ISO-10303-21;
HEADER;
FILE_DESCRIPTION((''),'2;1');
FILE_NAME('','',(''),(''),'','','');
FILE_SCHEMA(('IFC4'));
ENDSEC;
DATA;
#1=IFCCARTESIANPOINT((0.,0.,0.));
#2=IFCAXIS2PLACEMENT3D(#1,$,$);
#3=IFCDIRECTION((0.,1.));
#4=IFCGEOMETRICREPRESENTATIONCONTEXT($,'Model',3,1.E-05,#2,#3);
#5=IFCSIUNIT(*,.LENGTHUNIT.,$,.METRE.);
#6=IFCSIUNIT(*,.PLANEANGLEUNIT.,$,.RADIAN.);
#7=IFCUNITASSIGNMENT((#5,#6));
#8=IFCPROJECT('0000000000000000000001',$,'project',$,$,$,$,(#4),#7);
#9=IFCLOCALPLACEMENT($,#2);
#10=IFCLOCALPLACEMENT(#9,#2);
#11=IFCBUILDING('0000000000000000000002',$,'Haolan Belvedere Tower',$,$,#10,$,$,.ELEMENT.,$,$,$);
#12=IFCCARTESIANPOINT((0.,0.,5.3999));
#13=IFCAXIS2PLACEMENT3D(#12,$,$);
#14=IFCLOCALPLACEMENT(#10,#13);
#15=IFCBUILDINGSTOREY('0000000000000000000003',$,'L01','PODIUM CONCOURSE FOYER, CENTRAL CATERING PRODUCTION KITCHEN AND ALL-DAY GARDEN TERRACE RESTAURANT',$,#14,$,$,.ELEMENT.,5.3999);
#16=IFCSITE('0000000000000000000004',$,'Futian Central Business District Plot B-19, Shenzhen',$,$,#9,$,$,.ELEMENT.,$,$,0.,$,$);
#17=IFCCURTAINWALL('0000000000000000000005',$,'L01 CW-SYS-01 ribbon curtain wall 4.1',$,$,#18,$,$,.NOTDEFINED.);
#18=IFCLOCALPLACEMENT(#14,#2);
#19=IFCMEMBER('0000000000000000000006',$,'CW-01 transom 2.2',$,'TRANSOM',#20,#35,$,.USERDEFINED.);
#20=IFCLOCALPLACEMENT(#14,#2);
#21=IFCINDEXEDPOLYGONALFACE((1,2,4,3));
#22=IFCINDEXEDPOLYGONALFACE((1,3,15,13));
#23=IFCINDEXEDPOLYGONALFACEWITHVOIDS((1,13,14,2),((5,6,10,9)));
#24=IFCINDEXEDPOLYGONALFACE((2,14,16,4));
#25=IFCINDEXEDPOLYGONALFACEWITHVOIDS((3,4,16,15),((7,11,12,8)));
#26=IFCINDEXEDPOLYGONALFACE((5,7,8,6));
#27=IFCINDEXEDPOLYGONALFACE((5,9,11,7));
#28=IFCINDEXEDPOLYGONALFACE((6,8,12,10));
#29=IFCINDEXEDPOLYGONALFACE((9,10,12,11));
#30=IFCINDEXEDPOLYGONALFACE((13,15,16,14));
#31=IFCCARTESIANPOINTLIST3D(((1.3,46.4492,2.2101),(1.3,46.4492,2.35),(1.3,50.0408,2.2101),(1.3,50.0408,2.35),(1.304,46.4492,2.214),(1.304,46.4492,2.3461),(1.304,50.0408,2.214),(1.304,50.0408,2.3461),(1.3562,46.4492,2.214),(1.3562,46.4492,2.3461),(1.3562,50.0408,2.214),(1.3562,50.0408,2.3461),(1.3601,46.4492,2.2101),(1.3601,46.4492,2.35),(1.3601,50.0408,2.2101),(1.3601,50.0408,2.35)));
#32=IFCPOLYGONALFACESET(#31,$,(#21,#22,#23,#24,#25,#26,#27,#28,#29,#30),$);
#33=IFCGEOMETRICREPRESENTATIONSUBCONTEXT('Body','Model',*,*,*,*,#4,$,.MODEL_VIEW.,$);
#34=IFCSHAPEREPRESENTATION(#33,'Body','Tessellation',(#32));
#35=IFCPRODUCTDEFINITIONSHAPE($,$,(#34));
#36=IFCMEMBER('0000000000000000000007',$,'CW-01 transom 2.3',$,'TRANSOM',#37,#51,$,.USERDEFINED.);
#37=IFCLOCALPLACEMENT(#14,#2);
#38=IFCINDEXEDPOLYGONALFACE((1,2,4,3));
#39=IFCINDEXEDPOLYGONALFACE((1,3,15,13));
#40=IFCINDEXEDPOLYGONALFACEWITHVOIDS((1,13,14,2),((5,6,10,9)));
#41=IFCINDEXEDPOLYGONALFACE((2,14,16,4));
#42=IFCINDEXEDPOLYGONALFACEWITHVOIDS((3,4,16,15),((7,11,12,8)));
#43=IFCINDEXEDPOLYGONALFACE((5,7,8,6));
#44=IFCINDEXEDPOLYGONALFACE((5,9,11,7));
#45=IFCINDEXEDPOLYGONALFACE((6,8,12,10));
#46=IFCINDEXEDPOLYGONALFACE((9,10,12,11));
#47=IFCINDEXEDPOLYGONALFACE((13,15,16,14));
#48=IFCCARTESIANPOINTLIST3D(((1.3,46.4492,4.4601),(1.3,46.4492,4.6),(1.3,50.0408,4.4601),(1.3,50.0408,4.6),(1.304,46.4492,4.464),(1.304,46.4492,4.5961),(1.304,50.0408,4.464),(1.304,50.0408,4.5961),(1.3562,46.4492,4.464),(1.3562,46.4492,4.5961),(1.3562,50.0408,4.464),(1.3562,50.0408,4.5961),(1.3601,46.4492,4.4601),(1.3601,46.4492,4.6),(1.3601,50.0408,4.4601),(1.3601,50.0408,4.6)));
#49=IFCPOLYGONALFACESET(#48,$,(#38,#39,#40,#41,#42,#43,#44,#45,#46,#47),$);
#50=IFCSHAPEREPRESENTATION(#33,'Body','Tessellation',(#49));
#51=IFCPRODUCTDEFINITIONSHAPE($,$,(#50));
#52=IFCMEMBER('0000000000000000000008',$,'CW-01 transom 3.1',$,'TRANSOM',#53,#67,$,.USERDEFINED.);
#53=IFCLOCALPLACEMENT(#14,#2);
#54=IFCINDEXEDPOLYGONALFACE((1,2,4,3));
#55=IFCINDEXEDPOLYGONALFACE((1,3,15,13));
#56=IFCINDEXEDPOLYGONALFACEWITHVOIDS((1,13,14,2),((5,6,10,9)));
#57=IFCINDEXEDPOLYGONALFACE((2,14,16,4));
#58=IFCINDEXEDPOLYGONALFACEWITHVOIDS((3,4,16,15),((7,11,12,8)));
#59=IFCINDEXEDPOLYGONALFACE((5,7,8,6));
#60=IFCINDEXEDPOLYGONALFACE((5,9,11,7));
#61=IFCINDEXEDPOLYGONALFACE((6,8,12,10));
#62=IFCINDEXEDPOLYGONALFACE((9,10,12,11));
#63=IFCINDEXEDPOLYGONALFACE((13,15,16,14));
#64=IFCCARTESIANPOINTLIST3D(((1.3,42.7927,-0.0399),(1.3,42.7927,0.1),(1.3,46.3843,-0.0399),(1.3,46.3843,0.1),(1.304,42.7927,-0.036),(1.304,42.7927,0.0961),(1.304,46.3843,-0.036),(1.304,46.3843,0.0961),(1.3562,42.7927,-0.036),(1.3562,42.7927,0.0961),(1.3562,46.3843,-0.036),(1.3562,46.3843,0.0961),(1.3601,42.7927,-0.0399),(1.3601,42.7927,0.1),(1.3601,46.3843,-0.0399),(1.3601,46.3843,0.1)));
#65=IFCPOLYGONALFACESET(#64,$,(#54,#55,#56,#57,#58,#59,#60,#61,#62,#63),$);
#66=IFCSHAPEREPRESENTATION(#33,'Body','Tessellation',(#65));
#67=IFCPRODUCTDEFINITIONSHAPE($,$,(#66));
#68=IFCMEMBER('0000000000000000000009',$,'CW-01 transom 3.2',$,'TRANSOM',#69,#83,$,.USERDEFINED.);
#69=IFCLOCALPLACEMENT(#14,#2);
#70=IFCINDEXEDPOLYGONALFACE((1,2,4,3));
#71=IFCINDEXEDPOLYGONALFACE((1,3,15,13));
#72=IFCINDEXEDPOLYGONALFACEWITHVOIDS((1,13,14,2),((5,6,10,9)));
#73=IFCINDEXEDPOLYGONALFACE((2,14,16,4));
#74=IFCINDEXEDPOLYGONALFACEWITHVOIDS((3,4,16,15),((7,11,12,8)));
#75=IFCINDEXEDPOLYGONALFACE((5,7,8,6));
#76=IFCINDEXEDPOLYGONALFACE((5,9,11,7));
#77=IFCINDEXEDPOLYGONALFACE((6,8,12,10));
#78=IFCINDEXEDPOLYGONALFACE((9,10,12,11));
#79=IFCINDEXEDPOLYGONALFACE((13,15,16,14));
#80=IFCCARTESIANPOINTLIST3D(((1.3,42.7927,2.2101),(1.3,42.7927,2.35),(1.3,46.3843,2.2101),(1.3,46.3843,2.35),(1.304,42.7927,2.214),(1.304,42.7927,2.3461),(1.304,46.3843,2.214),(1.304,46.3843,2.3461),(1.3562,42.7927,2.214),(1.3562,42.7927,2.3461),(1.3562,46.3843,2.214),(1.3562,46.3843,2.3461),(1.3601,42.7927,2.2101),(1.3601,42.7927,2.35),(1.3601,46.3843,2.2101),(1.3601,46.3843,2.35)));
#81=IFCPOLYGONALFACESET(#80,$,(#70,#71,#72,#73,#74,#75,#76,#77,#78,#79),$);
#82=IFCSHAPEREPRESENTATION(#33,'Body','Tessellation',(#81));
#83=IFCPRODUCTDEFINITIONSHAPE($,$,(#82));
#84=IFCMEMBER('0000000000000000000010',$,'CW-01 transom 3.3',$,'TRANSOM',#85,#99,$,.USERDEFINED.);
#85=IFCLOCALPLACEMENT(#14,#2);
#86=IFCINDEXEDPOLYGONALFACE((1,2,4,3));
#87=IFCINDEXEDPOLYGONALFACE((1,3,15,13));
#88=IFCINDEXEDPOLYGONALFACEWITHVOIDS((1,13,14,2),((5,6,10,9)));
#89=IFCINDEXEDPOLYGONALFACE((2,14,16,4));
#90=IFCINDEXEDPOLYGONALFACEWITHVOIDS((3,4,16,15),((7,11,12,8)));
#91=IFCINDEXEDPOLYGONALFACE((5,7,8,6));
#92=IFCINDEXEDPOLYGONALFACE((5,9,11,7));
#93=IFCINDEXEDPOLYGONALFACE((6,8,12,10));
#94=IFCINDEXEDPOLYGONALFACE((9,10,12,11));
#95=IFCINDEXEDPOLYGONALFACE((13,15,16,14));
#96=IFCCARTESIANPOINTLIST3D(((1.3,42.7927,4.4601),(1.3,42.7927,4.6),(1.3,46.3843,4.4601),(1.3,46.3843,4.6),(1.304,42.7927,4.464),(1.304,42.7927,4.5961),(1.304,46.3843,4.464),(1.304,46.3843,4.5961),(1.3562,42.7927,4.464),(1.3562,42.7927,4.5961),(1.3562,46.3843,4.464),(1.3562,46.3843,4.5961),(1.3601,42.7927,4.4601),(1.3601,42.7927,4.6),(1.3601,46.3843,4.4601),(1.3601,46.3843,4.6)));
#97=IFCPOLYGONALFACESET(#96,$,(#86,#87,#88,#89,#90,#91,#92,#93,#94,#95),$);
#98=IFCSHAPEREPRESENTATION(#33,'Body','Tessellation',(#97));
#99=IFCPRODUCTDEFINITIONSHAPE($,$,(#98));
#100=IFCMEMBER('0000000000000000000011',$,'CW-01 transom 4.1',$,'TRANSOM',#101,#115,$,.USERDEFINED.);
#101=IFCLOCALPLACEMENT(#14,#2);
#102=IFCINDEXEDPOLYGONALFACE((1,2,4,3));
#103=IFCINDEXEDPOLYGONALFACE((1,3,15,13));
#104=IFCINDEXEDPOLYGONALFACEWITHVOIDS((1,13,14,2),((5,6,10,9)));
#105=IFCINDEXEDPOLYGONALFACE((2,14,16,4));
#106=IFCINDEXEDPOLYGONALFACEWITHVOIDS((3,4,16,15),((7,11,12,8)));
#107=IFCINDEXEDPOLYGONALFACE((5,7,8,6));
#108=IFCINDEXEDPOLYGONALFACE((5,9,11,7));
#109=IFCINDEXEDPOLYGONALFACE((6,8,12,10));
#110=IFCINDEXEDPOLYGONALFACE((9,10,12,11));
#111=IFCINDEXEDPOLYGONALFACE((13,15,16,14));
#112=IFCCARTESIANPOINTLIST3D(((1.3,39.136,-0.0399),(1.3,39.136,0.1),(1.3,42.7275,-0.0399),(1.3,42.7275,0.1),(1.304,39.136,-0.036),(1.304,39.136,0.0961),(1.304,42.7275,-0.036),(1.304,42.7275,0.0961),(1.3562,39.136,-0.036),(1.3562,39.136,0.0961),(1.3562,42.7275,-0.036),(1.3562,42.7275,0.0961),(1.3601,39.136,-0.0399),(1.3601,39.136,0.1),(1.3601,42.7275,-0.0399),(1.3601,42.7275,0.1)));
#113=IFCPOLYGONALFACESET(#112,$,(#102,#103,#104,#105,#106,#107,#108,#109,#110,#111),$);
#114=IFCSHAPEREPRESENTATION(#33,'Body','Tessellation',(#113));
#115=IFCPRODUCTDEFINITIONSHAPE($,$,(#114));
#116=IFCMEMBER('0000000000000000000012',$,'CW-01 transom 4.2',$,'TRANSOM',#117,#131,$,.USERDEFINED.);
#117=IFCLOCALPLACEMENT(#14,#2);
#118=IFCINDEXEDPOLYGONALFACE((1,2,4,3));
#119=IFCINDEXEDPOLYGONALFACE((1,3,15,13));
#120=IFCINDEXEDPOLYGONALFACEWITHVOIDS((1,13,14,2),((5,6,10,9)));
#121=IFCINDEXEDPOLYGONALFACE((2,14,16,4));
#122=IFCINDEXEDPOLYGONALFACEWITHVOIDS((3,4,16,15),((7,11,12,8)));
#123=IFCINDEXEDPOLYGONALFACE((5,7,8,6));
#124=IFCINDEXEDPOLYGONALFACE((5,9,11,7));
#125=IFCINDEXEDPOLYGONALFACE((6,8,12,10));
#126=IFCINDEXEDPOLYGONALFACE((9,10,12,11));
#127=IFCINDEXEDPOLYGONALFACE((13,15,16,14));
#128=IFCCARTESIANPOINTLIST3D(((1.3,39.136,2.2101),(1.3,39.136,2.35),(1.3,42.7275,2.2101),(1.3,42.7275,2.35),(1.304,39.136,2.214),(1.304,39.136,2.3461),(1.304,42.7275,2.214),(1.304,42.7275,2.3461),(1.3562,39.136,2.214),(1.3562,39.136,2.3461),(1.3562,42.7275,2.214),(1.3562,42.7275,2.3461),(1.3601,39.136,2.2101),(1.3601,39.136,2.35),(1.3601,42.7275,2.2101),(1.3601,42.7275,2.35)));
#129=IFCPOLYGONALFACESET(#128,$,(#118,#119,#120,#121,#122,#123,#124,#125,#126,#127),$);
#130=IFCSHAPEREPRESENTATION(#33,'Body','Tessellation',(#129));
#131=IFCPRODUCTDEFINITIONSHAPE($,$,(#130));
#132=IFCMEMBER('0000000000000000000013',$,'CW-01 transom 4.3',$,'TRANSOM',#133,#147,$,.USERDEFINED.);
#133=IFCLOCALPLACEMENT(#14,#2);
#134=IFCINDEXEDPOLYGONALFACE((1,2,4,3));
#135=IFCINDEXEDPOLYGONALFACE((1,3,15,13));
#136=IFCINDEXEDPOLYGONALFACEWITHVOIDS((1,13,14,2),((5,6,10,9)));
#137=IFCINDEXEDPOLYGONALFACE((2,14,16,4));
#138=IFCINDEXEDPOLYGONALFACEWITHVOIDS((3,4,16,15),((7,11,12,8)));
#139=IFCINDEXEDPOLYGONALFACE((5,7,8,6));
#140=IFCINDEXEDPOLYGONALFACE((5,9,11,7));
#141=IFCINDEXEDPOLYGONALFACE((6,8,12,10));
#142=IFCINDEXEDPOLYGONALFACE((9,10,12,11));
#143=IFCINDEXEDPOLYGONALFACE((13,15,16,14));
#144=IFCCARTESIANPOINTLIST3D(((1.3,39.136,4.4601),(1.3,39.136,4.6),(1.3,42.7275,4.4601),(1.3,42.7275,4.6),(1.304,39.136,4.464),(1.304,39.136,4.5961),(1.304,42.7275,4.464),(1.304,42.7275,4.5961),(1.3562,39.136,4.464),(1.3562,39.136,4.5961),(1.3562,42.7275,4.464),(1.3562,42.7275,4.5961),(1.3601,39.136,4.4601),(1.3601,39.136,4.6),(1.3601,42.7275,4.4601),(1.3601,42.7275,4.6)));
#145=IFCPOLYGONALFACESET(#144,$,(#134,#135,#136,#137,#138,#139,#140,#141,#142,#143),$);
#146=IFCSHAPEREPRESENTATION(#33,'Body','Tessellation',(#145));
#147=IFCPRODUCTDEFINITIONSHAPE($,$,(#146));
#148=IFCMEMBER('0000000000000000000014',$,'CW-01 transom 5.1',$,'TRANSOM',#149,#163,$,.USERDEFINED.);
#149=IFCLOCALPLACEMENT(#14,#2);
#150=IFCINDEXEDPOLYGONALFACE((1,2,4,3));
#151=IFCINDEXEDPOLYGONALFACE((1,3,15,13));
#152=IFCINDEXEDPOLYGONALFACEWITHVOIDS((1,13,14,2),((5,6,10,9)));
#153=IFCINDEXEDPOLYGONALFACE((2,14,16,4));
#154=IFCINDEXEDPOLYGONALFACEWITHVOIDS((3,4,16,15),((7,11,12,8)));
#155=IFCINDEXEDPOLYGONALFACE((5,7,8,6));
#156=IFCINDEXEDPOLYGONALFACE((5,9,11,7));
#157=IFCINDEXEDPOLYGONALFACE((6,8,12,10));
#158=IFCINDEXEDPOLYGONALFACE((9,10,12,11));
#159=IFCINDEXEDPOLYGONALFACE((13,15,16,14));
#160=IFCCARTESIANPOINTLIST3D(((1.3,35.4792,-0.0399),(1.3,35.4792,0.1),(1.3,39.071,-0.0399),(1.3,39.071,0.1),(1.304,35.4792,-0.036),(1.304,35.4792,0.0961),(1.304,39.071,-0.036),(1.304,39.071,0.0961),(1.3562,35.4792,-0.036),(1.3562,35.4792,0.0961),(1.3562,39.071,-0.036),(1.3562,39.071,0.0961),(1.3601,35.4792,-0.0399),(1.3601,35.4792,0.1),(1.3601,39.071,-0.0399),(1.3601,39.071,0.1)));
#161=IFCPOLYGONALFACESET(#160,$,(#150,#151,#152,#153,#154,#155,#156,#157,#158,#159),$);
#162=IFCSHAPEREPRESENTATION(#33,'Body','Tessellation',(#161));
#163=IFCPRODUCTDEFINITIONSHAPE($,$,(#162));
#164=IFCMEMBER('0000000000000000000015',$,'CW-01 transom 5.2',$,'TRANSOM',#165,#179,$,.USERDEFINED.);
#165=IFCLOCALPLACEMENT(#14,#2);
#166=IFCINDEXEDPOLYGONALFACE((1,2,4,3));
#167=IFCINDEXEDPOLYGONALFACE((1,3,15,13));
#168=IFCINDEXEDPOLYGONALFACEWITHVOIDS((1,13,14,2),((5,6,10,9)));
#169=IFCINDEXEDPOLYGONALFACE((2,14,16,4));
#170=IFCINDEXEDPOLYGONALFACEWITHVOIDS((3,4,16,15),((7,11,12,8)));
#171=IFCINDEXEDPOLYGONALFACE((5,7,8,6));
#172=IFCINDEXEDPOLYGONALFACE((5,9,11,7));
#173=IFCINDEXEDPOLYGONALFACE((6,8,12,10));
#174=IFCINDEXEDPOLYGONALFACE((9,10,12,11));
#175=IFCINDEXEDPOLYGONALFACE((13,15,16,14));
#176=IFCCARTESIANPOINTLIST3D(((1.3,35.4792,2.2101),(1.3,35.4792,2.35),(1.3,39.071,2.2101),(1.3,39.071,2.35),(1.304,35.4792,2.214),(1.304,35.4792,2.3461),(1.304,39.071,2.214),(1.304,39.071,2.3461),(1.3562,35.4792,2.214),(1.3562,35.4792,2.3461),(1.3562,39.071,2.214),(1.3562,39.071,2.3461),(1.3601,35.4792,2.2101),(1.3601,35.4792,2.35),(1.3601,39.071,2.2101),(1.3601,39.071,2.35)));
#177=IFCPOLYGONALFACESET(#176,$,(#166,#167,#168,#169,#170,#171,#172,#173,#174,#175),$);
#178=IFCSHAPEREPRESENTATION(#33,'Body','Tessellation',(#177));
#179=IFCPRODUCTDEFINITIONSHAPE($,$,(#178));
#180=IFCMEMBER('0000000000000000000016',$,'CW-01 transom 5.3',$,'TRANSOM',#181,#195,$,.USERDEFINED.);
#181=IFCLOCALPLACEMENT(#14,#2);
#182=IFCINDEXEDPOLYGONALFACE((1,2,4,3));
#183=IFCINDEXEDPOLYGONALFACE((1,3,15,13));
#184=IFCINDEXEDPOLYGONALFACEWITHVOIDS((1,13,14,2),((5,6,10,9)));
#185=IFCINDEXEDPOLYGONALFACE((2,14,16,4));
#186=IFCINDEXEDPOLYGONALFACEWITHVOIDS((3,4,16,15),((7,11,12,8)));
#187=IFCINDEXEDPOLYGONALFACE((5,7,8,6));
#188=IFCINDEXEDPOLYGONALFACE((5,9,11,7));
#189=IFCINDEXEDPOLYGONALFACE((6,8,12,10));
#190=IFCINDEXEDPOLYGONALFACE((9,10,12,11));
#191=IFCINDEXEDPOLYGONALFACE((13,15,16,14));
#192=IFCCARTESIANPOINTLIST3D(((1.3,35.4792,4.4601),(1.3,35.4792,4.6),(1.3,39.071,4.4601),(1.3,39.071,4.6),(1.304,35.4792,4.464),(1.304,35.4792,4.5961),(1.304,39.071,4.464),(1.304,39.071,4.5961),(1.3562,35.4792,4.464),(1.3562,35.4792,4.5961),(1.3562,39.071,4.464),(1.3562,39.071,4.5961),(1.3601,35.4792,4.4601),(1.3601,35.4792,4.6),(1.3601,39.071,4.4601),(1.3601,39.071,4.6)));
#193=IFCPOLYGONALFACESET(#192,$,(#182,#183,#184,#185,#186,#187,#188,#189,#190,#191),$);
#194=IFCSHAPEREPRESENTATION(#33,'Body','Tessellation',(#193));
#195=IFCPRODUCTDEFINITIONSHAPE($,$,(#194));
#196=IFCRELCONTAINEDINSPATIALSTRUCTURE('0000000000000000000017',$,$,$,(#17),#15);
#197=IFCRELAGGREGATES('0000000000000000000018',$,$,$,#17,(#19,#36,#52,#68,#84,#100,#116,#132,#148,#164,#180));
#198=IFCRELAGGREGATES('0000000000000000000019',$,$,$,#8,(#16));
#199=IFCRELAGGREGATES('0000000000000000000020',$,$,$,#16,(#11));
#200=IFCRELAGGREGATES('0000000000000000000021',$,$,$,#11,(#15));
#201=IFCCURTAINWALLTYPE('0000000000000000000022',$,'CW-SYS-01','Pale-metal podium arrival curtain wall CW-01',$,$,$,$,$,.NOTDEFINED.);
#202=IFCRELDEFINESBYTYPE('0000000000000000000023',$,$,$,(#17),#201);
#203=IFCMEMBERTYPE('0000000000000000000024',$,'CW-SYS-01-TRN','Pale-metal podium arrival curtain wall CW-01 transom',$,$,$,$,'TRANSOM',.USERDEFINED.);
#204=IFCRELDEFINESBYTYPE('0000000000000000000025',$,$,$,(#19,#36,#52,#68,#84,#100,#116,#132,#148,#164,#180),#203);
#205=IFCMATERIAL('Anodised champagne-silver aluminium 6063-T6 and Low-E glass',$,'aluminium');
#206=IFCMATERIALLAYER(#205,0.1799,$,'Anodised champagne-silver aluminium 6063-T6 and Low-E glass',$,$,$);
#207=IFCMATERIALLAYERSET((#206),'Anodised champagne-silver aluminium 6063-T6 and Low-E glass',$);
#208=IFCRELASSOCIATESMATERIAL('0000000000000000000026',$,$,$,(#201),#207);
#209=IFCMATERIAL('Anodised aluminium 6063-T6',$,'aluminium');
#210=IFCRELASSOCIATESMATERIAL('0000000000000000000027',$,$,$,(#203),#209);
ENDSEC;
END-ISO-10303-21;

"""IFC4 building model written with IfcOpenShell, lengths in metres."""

from ifc_helpers import new_model, si_unit, direction, frame, origin, origin_2d, place, context, subcontext, project, spatial, hollow_rectangle, extrude, material, layer, layer_set, material_profile, profile_set, type_object, element, aggregate, save


model = new_model("IFC4")

# Units and contexts
model_context = context("Model", 3, precision=1e-05, world=origin(), true_north=direction((0.0, 1.0)))
body_context = subcontext(model_context, "Body", "Model", "MODEL_VIEW")
ifc_project = project(units=[si_unit("LENGTHUNIT", "METRE"), si_unit("PLANEANGLEUNIT", "RADIAN")], contexts=[model_context])

# Site, building, storey
site_placement = place(None, origin())
site = spatial("IfcSite", under=ifc_project, at=site_placement, Name="Futian Central Business District Plot B-19, Shenzhen", CompositionType="ELEMENT", RefElevation=0.0)
building_placement = place(site_placement, origin())
building = spatial("IfcBuilding", under=site, at=building_placement, Name="Haolan Belvedere Tower", CompositionType="ELEMENT")
storey_placement = place(building_placement, frame((0.0, 0.0, 5.3999)))
storey = spatial("IfcBuildingStorey", under=building, at=storey_placement, Name="L01", Description="PODIUM CONCOURSE FOYER, CENTRAL CATERING PRODUCTION KITCHEN AND ALL-DAY GARDEN TERRACE RESTAURANT", CompositionType="ELEMENT", Elevation=5.3999)

# Curtain wall, members
ifc_material_1 = material(Name="Anodised champagne-silver aluminium 6063-T6 and Low-E glass", Category="aluminium")
ifc_layer_1 = layer(ifc_material_1, 0.1799, Name="Anodised champagne-silver aluminium 6063-T6 and Low-E glass")
ifc_layer_set_1 = layer_set([ifc_layer_1], Name="Anodised champagne-silver aluminium 6063-T6 and Low-E glass")
curtain_wall_type = type_object("IfcCurtainWallType", Name="CW-SYS-01", Description="Pale-metal podium arrival curtain wall CW-01", PredefinedType="NOTDEFINED", material=ifc_layer_set_1)
curtain_wall_placement = place(storey_placement, origin())
curtain_wall = element("IfcCurtainWall", 1, at=curtain_wall_placement, inside=storey, type_object=curtain_wall_type, Name="L01 CW-SYS-01 ribbon curtain wall 4.1", PredefinedType="NOTDEFINED")
ifc_material_2 = material(Name="Anodised aluminium 6063-T6", Category="aluminium")
ifc_material_profile_1 = material_profile(ifc_material_2, hollow_rectangle(XDim=0.0601, YDim=0.1399, WallThickness=0.0039, at=origin_2d()), Name="Anodised aluminium 6063-T6")
ifc_profile_set_1 = profile_set([ifc_material_profile_1], Name="Anodised aluminium 6063-T6")
member_type_1 = type_object("IfcMemberType", Name="CW-SYS-01-TRN", Description="Pale-metal podium arrival curtain wall CW-01 transom", ElementType="TRANSOM", PredefinedType="USERDEFINED", material=ifc_profile_set_1)
member_1_placement = place(storey_placement, frame((1.3301, 50.0408, 2.28), z_axis=(0.0, -1.0, 0.0), x_axis=(1.0, 0.0, 0.0)))
member_1 = element("IfcMember", 2, at=member_1_placement, type_object=member_type_1, Name="CW-01 transom 2.2", ObjectType="TRANSOM", PredefinedType="USERDEFINED", context=body_context, shape_type="SweptSolid", body=[
    extrude(hollow_rectangle(XDim=0.0601, YDim=0.1399, WallThickness=0.0039, at=origin_2d()), origin(), (0.0, 0.0, 1.0), 3.5916),
])
member_2_placement = place(storey_placement, frame((1.3301, 50.0408, 4.53), z_axis=(0.0, -1.0, 0.0), x_axis=(1.0, 0.0, 0.0)))
member_2 = element("IfcMember", 3, at=member_2_placement, type_object=member_type_1, Name="CW-01 transom 2.3", ObjectType="TRANSOM", PredefinedType="USERDEFINED", context=body_context, shape_type="SweptSolid", body=[
    extrude(hollow_rectangle(XDim=0.0601, YDim=0.1399, WallThickness=0.0039, at=origin_2d()), origin(), (0.0, 0.0, 1.0), 3.5916),
])
member_3_placement = place(storey_placement, frame((1.3301, 46.3843, 0.03), z_axis=(0.0, -1.0, 0.0), x_axis=(1.0, 0.0, 0.0)))
member_3 = element("IfcMember", 4, at=member_3_placement, type_object=member_type_1, Name="CW-01 transom 3.1", ObjectType="TRANSOM", PredefinedType="USERDEFINED", context=body_context, shape_type="SweptSolid", body=[
    extrude(hollow_rectangle(XDim=0.0601, YDim=0.1399, WallThickness=0.0039, at=origin_2d()), origin(), (0.0, 0.0, 1.0), 3.5916),
])
member_4_placement = place(storey_placement, frame((1.3301, 46.3843, 2.28), z_axis=(0.0, -1.0, 0.0), x_axis=(1.0, 0.0, 0.0)))
member_4 = element("IfcMember", 5, at=member_4_placement, type_object=member_type_1, Name="CW-01 transom 3.2", ObjectType="TRANSOM", PredefinedType="USERDEFINED", context=body_context, shape_type="SweptSolid", body=[
    extrude(hollow_rectangle(XDim=0.0601, YDim=0.1399, WallThickness=0.0039, at=origin_2d()), origin(), (0.0, 0.0, 1.0), 3.5916),
])
member_5_placement = place(storey_placement, frame((1.3301, 46.3843, 4.53), z_axis=(0.0, -1.0, 0.0), x_axis=(1.0, 0.0, 0.0)))
member_5 = element("IfcMember", 6, at=member_5_placement, type_object=member_type_1, Name="CW-01 transom 3.3", ObjectType="TRANSOM", PredefinedType="USERDEFINED", context=body_context, shape_type="SweptSolid", body=[
    extrude(hollow_rectangle(XDim=0.0601, YDim=0.1399, WallThickness=0.0039, at=origin_2d()), origin(), (0.0, 0.0, 1.0), 3.5916),
])
member_6_placement = place(storey_placement, frame((1.3301, 42.7275, 0.03), z_axis=(0.0, -1.0, 0.0), x_axis=(1.0, 0.0, 0.0)))
member_6 = element("IfcMember", 7, at=member_6_placement, type_object=member_type_1, Name="CW-01 transom 4.1", ObjectType="TRANSOM", PredefinedType="USERDEFINED", context=body_context, shape_type="SweptSolid", body=[
    extrude(hollow_rectangle(XDim=0.0601, YDim=0.1399, WallThickness=0.0039, at=origin_2d()), origin(), (0.0, 0.0, 1.0), 3.5916),
])
member_7_placement = place(storey_placement, frame((1.3301, 42.7275, 2.28), z_axis=(0.0, -1.0, 0.0), x_axis=(1.0, 0.0, 0.0)))
member_7 = element("IfcMember", 8, at=member_7_placement, type_object=member_type_1, Name="CW-01 transom 4.2", ObjectType="TRANSOM", PredefinedType="USERDEFINED", context=body_context, shape_type="SweptSolid", body=[
    extrude(hollow_rectangle(XDim=0.0601, YDim=0.1399, WallThickness=0.0039, at=origin_2d()), origin(), (0.0, 0.0, 1.0), 3.5916),
])
member_8_placement = place(storey_placement, frame((1.3301, 42.7275, 4.53), z_axis=(0.0, -1.0, 0.0), x_axis=(1.0, 0.0, 0.0)))
member_8 = element("IfcMember", 9, at=member_8_placement, type_object=member_type_1, Name="CW-01 transom 4.3", ObjectType="TRANSOM", PredefinedType="USERDEFINED", context=body_context, shape_type="SweptSolid", body=[
    extrude(hollow_rectangle(XDim=0.0601, YDim=0.1399, WallThickness=0.0039, at=origin_2d()), origin(), (0.0, 0.0, 1.0), 3.5916),
])
member_9_placement = place(storey_placement, frame((1.3301, 39.071, 0.03), z_axis=(0.0, -1.0, 0.0), x_axis=(1.0, 0.0, 0.0)))
member_9 = element("IfcMember", 10, at=member_9_placement, type_object=member_type_1, Name="CW-01 transom 5.1", ObjectType="TRANSOM", PredefinedType="USERDEFINED", context=body_context, shape_type="SweptSolid", body=[
    extrude(hollow_rectangle(XDim=0.0601, YDim=0.1399, WallThickness=0.0039, at=origin_2d()), origin(), (0.0, 0.0, 1.0), 3.5918),
])
member_10_placement = place(storey_placement, frame((1.3301, 39.071, 2.28), z_axis=(0.0, -1.0, 0.0), x_axis=(1.0, 0.0, 0.0)))
member_10 = element("IfcMember", 11, at=member_10_placement, type_object=member_type_1, Name="CW-01 transom 5.2", ObjectType="TRANSOM", PredefinedType="USERDEFINED", context=body_context, shape_type="SweptSolid", body=[
    extrude(hollow_rectangle(XDim=0.0601, YDim=0.1399, WallThickness=0.0039, at=origin_2d()), origin(), (0.0, 0.0, 1.0), 3.5918),
])
member_11_placement = place(storey_placement, frame((1.3301, 39.071, 4.53), z_axis=(0.0, -1.0, 0.0), x_axis=(1.0, 0.0, 0.0)))
member_11 = element("IfcMember", 12, at=member_11_placement, type_object=member_type_1, Name="CW-01 transom 5.3", ObjectType="TRANSOM", PredefinedType="USERDEFINED", context=body_context, shape_type="SweptSolid", body=[
    extrude(hollow_rectangle(XDim=0.0601, YDim=0.1399, WallThickness=0.0039, at=origin_2d()), origin(), (0.0, 0.0, 1.0), 3.5918),
])
aggregate(curtain_wall, [member_1, member_2, member_3, member_4, member_5, member_6, member_7, member_8, member_9, member_10, member_11])

save(model, "model.ifc")
